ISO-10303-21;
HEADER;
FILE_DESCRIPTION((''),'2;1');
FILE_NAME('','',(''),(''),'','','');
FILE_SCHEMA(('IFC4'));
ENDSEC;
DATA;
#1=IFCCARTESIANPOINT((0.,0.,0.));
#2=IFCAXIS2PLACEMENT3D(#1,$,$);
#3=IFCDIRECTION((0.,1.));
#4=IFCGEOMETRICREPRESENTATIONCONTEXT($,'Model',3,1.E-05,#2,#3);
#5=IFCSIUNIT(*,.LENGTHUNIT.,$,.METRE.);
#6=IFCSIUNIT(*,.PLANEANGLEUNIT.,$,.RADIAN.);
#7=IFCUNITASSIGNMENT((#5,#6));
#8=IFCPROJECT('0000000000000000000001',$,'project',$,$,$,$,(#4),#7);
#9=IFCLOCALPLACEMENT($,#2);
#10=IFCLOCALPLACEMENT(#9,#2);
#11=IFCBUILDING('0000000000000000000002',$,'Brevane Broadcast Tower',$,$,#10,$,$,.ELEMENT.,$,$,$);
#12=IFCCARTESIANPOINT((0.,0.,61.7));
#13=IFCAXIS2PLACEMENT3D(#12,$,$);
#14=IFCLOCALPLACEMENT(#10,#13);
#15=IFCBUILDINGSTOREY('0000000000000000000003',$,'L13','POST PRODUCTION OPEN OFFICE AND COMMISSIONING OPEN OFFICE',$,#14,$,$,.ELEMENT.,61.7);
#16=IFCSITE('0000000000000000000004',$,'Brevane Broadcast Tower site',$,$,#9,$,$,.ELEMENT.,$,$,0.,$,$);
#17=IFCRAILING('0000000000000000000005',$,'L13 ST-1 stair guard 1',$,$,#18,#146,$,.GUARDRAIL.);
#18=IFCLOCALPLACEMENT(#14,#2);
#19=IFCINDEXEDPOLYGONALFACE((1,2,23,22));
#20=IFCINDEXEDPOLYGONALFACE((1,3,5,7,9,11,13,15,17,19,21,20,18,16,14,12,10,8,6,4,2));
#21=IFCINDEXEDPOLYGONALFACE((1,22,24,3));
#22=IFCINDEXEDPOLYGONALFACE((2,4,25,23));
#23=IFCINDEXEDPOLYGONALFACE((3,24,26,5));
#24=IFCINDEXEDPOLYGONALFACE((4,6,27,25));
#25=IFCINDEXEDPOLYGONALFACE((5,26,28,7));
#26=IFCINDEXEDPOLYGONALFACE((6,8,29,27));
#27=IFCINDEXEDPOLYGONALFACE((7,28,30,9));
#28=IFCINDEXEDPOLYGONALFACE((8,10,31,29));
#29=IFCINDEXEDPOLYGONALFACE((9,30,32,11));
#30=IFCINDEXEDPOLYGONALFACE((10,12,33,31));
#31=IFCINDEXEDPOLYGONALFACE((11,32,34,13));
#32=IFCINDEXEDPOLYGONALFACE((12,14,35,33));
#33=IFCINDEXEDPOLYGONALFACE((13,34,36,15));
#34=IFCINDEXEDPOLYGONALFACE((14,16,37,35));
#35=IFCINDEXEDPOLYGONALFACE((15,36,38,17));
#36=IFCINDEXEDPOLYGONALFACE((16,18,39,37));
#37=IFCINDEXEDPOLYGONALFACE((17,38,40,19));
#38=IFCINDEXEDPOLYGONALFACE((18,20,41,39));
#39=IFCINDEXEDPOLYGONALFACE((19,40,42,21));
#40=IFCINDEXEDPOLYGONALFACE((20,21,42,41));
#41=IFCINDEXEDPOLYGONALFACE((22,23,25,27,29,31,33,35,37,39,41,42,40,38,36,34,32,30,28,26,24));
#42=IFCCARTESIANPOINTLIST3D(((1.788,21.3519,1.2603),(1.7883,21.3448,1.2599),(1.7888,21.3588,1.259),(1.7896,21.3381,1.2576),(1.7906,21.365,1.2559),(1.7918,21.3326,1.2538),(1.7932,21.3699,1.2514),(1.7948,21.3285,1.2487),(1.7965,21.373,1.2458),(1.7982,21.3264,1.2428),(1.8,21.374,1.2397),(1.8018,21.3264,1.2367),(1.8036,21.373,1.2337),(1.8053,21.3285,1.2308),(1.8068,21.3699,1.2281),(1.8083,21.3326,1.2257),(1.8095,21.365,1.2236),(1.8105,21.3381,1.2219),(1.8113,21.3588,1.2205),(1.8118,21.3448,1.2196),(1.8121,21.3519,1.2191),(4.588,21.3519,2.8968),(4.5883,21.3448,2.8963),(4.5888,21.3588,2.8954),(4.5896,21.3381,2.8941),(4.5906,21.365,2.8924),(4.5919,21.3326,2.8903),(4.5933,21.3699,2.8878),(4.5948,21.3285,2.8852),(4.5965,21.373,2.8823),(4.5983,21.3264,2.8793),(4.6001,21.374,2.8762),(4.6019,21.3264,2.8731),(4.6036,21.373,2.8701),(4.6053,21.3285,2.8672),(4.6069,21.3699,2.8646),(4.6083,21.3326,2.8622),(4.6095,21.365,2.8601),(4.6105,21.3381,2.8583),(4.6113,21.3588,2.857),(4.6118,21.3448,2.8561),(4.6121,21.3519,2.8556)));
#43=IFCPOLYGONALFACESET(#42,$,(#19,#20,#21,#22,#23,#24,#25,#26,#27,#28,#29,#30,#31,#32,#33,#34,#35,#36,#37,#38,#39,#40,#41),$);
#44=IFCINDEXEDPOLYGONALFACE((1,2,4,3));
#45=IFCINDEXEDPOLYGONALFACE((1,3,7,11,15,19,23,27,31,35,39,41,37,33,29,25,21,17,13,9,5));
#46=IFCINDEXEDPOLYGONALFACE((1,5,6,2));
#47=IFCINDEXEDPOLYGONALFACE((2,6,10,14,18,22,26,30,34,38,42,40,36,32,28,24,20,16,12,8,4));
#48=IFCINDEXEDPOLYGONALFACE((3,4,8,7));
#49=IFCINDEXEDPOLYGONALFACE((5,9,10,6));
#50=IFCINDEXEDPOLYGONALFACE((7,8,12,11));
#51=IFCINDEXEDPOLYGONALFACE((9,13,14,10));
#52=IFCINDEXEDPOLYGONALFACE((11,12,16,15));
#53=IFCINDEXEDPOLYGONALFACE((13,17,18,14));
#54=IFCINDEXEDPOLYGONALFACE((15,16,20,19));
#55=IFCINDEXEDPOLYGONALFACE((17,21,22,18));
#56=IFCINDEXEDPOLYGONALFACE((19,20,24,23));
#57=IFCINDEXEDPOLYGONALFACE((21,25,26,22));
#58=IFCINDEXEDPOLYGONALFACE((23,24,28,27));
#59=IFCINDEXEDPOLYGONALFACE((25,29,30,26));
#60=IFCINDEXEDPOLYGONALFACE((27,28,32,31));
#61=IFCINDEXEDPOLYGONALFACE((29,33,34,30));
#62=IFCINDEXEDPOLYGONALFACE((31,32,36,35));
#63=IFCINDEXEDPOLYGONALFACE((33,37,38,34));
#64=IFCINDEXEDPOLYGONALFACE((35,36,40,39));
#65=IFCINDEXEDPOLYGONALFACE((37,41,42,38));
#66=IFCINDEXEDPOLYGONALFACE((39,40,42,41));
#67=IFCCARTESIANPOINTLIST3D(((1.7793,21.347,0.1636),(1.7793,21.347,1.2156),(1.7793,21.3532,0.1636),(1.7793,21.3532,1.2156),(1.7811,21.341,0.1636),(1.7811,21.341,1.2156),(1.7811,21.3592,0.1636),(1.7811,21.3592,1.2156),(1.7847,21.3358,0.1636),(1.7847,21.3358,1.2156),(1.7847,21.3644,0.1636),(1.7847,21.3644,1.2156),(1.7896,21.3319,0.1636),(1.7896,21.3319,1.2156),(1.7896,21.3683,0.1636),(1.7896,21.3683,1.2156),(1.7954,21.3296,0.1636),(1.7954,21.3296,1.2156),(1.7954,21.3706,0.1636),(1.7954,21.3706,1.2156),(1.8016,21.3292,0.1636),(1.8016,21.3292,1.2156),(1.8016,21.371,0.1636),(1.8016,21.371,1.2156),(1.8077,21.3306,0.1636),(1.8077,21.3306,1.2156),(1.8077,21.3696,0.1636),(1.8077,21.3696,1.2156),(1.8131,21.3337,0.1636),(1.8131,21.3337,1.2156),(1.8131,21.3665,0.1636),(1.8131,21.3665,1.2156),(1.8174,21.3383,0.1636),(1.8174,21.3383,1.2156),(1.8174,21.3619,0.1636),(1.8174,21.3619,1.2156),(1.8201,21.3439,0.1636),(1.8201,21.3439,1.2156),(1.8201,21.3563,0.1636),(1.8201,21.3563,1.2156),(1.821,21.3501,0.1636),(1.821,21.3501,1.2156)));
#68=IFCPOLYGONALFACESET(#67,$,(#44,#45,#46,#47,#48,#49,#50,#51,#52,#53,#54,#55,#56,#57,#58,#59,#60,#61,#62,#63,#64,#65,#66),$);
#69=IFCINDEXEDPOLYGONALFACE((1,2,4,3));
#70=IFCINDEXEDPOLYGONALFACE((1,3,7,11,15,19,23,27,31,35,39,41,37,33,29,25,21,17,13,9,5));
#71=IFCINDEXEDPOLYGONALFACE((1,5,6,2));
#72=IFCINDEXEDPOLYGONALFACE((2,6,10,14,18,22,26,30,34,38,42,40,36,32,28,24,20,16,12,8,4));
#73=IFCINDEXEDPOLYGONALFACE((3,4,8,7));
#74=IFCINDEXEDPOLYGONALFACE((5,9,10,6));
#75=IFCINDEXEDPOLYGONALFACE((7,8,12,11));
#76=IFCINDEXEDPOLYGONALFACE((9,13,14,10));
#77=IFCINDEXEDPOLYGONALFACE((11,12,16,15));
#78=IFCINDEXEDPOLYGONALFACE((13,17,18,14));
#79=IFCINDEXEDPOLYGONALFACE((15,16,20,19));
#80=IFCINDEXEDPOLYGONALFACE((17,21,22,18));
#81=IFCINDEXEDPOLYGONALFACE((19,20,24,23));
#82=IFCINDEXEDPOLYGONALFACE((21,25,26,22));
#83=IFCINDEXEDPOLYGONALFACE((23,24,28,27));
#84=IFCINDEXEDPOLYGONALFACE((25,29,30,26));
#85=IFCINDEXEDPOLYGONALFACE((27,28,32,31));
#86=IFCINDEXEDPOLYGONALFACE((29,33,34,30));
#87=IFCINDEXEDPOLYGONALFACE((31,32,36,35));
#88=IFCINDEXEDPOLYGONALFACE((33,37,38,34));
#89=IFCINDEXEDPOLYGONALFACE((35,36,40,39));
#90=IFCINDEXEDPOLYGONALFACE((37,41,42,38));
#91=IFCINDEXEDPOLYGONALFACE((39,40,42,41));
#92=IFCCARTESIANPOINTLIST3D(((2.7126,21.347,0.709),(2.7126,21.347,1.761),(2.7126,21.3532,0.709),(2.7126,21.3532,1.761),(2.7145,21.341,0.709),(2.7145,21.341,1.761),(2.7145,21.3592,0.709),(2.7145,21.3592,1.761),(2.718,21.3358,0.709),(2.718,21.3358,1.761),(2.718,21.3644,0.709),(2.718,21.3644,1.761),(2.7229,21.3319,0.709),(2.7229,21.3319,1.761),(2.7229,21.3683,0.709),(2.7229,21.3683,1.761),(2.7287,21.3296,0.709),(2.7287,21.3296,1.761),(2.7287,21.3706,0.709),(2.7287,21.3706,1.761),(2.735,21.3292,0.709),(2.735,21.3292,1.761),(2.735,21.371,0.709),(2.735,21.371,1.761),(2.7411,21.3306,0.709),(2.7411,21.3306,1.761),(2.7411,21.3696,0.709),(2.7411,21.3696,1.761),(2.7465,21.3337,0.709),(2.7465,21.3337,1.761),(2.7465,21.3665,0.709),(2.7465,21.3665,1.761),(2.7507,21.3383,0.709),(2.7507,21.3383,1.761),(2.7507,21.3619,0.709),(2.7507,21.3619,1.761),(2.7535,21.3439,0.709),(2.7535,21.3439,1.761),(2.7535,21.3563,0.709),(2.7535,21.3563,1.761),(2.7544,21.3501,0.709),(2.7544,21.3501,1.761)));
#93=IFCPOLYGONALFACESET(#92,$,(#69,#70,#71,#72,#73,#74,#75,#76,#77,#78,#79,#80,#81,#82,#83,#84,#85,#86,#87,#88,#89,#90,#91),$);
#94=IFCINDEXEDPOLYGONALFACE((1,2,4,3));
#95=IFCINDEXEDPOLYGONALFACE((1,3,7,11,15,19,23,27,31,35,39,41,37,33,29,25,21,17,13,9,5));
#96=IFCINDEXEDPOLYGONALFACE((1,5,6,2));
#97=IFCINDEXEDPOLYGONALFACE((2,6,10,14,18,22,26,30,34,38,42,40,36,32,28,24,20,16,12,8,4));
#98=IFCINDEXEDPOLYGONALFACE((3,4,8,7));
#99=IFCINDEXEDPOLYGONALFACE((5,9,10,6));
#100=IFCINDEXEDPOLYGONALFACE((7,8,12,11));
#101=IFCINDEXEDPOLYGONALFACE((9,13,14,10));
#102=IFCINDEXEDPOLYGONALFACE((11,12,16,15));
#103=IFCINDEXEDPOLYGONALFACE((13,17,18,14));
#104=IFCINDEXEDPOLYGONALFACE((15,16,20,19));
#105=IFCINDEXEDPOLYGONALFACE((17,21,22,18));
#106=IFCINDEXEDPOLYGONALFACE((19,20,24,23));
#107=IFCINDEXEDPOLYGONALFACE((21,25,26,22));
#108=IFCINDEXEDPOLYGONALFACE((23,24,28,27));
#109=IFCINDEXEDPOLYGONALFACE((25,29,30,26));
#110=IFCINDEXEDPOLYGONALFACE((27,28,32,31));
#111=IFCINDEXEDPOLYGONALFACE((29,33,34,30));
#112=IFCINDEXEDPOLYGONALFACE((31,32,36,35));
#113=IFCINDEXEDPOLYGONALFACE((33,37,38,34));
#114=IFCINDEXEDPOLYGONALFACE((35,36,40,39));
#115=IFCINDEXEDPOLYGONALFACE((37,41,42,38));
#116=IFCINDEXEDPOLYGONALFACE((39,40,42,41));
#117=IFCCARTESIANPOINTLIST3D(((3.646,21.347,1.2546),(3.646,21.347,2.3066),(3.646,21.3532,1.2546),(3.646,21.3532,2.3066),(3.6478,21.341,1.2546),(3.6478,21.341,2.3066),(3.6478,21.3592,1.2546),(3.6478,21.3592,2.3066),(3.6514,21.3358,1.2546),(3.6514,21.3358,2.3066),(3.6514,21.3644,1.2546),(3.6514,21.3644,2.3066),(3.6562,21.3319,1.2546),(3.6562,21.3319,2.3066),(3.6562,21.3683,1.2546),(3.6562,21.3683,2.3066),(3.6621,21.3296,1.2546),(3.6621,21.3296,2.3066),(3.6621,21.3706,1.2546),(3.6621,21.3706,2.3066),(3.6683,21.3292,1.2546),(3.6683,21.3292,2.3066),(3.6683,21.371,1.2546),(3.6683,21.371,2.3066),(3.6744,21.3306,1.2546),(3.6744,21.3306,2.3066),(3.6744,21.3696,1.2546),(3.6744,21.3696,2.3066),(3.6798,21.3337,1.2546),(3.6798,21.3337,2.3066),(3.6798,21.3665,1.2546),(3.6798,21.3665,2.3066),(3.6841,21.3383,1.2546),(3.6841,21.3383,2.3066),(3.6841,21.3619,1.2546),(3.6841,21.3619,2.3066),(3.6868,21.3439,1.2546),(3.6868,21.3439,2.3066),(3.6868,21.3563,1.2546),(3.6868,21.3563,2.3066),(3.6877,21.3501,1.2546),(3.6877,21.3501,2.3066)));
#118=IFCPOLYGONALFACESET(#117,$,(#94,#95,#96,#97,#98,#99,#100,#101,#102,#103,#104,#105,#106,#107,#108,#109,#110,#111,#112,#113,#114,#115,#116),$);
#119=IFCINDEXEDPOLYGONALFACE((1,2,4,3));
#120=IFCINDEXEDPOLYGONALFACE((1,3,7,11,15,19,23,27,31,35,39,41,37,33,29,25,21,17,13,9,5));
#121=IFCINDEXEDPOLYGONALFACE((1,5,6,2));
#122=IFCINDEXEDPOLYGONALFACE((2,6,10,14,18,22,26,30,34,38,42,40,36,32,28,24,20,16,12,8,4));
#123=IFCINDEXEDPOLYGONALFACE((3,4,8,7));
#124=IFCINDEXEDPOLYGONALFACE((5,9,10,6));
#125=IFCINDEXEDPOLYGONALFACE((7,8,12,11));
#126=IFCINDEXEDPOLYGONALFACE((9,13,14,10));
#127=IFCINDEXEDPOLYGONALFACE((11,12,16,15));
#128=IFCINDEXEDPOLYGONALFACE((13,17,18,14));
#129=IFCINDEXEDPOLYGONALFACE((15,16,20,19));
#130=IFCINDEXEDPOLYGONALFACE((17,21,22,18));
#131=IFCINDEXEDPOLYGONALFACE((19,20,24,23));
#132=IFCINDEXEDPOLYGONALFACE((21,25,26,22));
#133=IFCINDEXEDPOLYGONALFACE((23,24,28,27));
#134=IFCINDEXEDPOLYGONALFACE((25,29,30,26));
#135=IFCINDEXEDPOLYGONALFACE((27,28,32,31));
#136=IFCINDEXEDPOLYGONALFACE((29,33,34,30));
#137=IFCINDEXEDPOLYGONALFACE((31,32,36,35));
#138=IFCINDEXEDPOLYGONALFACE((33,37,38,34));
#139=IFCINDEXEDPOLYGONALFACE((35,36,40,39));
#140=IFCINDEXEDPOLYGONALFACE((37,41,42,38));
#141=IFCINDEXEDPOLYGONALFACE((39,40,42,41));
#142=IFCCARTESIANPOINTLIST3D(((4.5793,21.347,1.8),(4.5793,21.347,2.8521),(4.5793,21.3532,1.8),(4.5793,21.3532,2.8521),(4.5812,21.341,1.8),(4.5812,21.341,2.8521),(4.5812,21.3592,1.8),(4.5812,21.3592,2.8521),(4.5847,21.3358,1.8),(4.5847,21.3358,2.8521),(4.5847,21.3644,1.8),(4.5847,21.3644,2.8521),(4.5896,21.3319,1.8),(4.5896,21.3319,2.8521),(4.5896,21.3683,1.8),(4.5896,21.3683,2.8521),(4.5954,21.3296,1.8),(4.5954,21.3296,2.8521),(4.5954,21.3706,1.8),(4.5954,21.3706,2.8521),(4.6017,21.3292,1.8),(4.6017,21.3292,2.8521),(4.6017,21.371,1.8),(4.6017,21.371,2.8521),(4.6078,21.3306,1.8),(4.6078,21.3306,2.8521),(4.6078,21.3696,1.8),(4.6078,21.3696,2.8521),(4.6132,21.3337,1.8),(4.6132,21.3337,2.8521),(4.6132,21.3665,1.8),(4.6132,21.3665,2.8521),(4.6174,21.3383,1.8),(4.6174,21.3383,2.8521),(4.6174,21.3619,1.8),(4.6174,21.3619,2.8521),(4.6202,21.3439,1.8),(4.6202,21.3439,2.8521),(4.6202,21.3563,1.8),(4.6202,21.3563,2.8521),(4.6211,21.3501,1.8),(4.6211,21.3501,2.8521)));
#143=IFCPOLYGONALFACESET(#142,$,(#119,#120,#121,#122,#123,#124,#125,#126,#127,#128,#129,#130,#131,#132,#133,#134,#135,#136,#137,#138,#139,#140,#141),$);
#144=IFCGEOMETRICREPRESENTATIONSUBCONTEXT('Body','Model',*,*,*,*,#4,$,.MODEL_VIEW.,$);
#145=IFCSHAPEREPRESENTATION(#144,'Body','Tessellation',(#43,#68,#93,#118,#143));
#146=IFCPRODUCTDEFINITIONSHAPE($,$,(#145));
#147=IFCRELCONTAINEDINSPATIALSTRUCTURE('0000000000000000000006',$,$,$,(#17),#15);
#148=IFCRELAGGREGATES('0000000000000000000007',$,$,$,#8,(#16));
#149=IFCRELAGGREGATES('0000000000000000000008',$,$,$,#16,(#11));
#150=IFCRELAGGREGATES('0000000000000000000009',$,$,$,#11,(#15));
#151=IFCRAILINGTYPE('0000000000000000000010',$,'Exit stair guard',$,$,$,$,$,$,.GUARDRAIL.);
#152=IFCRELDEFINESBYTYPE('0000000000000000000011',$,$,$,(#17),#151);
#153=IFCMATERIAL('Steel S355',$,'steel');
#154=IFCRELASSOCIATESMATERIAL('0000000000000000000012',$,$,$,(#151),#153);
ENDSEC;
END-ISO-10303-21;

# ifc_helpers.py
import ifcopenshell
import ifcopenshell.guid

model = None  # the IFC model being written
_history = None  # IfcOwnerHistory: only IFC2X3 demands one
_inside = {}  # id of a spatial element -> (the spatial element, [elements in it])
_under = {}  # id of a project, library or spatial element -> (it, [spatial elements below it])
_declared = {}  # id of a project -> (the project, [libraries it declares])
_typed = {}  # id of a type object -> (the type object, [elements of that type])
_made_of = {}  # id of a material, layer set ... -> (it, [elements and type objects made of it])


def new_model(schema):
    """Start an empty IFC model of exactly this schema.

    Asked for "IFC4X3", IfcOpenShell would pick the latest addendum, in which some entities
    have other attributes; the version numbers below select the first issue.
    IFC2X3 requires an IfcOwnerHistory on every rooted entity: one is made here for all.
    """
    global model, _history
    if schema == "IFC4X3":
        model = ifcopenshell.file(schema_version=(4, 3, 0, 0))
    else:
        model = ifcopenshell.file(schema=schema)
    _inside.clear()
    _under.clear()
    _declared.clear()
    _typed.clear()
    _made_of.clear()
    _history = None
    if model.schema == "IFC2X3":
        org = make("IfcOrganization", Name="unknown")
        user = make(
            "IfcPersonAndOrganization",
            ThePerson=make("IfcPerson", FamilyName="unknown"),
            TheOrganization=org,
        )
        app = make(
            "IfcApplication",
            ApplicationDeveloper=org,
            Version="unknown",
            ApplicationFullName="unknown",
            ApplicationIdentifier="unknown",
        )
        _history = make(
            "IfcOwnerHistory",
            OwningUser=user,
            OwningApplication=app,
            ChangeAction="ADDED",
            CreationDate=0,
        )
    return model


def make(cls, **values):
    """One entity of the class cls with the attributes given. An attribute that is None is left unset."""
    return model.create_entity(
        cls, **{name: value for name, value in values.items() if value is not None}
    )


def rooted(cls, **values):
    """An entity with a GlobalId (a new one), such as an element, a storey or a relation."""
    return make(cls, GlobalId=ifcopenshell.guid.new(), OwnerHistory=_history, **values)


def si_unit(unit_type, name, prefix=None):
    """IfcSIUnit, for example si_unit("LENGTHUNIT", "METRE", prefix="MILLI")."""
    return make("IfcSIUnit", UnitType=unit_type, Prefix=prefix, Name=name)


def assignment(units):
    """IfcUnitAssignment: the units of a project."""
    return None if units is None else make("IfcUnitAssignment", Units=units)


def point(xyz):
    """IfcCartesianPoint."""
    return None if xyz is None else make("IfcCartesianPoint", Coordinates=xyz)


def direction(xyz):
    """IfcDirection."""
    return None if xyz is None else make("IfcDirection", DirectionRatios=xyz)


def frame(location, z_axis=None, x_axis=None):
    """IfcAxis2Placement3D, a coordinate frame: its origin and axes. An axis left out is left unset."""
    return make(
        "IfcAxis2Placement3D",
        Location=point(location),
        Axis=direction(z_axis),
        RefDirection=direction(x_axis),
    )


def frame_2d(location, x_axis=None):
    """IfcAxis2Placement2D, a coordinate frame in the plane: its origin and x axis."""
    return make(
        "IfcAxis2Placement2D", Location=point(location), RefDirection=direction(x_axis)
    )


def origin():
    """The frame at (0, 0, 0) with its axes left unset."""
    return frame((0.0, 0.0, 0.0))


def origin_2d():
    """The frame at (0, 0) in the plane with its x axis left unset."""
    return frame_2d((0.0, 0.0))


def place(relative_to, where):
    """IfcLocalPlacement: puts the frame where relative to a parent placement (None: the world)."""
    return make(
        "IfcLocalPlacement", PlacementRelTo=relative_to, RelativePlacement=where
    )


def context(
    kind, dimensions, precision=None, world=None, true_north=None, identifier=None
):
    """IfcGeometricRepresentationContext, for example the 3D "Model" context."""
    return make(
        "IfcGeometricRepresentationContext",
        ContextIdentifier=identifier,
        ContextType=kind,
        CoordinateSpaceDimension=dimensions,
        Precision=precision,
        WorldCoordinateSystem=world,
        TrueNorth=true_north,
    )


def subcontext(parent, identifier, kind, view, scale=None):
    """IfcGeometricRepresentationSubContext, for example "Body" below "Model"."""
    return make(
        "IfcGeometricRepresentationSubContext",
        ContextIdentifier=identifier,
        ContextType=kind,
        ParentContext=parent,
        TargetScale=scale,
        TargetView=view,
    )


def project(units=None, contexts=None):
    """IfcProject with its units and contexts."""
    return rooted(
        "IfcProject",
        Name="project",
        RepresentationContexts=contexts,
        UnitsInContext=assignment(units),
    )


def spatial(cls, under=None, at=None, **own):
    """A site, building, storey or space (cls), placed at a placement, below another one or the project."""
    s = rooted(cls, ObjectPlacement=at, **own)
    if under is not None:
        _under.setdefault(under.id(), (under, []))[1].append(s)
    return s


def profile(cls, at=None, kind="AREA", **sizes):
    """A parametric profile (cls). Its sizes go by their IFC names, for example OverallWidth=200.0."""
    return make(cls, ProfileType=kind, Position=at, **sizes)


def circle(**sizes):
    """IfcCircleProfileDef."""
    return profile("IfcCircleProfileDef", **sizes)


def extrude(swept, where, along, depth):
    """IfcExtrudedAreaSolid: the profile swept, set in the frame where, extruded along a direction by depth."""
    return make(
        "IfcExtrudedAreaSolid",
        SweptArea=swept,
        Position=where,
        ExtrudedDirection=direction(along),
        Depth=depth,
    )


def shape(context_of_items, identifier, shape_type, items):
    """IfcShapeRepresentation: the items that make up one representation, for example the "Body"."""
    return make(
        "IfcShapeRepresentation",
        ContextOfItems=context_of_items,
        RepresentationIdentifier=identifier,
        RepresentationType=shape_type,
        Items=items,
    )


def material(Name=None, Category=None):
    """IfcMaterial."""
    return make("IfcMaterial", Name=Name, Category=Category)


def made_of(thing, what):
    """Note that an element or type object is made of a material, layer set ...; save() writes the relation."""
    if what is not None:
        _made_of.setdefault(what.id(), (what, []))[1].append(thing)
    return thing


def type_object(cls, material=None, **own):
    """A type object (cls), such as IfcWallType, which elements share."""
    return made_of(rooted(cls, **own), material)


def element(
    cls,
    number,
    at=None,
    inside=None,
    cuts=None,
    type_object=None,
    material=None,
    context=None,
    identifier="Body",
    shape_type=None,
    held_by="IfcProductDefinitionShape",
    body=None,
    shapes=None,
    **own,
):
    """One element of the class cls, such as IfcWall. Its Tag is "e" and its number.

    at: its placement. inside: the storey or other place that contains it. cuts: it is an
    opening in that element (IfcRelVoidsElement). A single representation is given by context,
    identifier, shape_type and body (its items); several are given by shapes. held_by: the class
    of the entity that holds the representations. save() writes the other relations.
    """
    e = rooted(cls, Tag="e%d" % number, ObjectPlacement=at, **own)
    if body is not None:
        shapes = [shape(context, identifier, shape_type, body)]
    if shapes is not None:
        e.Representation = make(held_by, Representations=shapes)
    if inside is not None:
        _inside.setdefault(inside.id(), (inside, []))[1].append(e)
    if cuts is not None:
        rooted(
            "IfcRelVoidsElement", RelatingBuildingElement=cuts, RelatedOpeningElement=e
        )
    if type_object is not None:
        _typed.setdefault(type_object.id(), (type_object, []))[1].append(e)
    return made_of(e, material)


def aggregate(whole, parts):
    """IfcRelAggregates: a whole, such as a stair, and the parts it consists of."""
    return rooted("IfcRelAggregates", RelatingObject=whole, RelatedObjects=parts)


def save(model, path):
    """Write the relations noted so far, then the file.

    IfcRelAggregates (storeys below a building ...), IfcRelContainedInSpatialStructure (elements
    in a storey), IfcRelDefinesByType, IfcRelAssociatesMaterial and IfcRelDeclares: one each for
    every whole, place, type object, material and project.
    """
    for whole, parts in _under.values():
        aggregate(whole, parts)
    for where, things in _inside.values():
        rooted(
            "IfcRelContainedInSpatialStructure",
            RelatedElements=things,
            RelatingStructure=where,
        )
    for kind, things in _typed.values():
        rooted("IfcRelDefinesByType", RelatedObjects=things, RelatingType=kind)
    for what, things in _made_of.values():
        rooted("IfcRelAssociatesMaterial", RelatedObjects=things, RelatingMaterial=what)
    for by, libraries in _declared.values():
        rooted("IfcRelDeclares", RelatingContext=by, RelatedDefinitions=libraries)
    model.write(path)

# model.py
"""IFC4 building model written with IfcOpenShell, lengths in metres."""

from ifc_helpers import new_model, si_unit, direction, frame, origin, origin_2d, place, context, subcontext, project, spatial, circle, extrude, material, type_object, element, save


model = new_model("IFC4")

# Units and contexts
model_context = context("Model", 3, precision=1e-05, world=origin(), true_north=direction((0.0, 1.0)))
body_context = subcontext(model_context, "Body", "Model", "MODEL_VIEW")
ifc_project = project(units=[si_unit("LENGTHUNIT", "METRE"), si_unit("PLANEANGLEUNIT", "RADIAN")], contexts=[model_context])

# Site, building, storey
site_placement = place(None, origin())
site = spatial("IfcSite", under=ifc_project, at=site_placement, Name="Brevane Broadcast Tower site", CompositionType="ELEMENT", RefElevation=0.0)
building_placement = place(site_placement, origin())
building = spatial("IfcBuilding", under=site, at=building_placement, Name="Brevane Broadcast Tower", CompositionType="ELEMENT")
storey_placement = place(building_placement, frame((0.0, 0.0, 61.7)))
storey = spatial("IfcBuildingStorey", under=building, at=storey_placement, Name="L13", Description="POST PRODUCTION OPEN OFFICE AND COMMISSIONING OPEN OFFICE", CompositionType="ELEMENT", Elevation=61.7)

# Railing
ifc_material_1 = material(Name="Steel S355", Category="steel")
railing_type = type_object("IfcRailingType", Name="Exit stair guard", PredefinedType="GUARDRAIL", material=ifc_material_1)
railing_placement = place(storey_placement, frame((1.8, 21.3501, 0.1636)))
element("IfcRailing", 1, at=railing_placement, inside=storey, type_object=railing_type, Name="L13 ST-1 stair guard 1", PredefinedType="GUARDRAIL", context=body_context, shape_type="SweptSolid", body=[
    extrude(circle(Radius=0.0239, at=origin_2d()), frame((0.0, 0.0, 1.0762), z_axis=(0.863361, 0.0, 0.504587), x_axis=(0.0, 1.0, 0.0)), (0.0, 0.0, 1.0), 3.2432),
    extrude(circle(Radius=0.021, at=origin_2d()), origin(), (0.0, 0.0, 1.0), 1.052),
    extrude(circle(Radius=0.021, at=origin_2d()), frame((0.9333, 0.0, 0.5454)), (0.0, 0.0, 1.0), 1.052),
    extrude(circle(Radius=0.021, at=origin_2d()), frame((1.8667, 0.0, 1.0911)), (0.0, 0.0, 1.0), 1.052),
    extrude(circle(Radius=0.021, at=origin_2d()), frame((2.8, 0.0, 1.6365)), (0.0, 0.0, 1.0), 1.052),
])

save(model, "model.ifc")
